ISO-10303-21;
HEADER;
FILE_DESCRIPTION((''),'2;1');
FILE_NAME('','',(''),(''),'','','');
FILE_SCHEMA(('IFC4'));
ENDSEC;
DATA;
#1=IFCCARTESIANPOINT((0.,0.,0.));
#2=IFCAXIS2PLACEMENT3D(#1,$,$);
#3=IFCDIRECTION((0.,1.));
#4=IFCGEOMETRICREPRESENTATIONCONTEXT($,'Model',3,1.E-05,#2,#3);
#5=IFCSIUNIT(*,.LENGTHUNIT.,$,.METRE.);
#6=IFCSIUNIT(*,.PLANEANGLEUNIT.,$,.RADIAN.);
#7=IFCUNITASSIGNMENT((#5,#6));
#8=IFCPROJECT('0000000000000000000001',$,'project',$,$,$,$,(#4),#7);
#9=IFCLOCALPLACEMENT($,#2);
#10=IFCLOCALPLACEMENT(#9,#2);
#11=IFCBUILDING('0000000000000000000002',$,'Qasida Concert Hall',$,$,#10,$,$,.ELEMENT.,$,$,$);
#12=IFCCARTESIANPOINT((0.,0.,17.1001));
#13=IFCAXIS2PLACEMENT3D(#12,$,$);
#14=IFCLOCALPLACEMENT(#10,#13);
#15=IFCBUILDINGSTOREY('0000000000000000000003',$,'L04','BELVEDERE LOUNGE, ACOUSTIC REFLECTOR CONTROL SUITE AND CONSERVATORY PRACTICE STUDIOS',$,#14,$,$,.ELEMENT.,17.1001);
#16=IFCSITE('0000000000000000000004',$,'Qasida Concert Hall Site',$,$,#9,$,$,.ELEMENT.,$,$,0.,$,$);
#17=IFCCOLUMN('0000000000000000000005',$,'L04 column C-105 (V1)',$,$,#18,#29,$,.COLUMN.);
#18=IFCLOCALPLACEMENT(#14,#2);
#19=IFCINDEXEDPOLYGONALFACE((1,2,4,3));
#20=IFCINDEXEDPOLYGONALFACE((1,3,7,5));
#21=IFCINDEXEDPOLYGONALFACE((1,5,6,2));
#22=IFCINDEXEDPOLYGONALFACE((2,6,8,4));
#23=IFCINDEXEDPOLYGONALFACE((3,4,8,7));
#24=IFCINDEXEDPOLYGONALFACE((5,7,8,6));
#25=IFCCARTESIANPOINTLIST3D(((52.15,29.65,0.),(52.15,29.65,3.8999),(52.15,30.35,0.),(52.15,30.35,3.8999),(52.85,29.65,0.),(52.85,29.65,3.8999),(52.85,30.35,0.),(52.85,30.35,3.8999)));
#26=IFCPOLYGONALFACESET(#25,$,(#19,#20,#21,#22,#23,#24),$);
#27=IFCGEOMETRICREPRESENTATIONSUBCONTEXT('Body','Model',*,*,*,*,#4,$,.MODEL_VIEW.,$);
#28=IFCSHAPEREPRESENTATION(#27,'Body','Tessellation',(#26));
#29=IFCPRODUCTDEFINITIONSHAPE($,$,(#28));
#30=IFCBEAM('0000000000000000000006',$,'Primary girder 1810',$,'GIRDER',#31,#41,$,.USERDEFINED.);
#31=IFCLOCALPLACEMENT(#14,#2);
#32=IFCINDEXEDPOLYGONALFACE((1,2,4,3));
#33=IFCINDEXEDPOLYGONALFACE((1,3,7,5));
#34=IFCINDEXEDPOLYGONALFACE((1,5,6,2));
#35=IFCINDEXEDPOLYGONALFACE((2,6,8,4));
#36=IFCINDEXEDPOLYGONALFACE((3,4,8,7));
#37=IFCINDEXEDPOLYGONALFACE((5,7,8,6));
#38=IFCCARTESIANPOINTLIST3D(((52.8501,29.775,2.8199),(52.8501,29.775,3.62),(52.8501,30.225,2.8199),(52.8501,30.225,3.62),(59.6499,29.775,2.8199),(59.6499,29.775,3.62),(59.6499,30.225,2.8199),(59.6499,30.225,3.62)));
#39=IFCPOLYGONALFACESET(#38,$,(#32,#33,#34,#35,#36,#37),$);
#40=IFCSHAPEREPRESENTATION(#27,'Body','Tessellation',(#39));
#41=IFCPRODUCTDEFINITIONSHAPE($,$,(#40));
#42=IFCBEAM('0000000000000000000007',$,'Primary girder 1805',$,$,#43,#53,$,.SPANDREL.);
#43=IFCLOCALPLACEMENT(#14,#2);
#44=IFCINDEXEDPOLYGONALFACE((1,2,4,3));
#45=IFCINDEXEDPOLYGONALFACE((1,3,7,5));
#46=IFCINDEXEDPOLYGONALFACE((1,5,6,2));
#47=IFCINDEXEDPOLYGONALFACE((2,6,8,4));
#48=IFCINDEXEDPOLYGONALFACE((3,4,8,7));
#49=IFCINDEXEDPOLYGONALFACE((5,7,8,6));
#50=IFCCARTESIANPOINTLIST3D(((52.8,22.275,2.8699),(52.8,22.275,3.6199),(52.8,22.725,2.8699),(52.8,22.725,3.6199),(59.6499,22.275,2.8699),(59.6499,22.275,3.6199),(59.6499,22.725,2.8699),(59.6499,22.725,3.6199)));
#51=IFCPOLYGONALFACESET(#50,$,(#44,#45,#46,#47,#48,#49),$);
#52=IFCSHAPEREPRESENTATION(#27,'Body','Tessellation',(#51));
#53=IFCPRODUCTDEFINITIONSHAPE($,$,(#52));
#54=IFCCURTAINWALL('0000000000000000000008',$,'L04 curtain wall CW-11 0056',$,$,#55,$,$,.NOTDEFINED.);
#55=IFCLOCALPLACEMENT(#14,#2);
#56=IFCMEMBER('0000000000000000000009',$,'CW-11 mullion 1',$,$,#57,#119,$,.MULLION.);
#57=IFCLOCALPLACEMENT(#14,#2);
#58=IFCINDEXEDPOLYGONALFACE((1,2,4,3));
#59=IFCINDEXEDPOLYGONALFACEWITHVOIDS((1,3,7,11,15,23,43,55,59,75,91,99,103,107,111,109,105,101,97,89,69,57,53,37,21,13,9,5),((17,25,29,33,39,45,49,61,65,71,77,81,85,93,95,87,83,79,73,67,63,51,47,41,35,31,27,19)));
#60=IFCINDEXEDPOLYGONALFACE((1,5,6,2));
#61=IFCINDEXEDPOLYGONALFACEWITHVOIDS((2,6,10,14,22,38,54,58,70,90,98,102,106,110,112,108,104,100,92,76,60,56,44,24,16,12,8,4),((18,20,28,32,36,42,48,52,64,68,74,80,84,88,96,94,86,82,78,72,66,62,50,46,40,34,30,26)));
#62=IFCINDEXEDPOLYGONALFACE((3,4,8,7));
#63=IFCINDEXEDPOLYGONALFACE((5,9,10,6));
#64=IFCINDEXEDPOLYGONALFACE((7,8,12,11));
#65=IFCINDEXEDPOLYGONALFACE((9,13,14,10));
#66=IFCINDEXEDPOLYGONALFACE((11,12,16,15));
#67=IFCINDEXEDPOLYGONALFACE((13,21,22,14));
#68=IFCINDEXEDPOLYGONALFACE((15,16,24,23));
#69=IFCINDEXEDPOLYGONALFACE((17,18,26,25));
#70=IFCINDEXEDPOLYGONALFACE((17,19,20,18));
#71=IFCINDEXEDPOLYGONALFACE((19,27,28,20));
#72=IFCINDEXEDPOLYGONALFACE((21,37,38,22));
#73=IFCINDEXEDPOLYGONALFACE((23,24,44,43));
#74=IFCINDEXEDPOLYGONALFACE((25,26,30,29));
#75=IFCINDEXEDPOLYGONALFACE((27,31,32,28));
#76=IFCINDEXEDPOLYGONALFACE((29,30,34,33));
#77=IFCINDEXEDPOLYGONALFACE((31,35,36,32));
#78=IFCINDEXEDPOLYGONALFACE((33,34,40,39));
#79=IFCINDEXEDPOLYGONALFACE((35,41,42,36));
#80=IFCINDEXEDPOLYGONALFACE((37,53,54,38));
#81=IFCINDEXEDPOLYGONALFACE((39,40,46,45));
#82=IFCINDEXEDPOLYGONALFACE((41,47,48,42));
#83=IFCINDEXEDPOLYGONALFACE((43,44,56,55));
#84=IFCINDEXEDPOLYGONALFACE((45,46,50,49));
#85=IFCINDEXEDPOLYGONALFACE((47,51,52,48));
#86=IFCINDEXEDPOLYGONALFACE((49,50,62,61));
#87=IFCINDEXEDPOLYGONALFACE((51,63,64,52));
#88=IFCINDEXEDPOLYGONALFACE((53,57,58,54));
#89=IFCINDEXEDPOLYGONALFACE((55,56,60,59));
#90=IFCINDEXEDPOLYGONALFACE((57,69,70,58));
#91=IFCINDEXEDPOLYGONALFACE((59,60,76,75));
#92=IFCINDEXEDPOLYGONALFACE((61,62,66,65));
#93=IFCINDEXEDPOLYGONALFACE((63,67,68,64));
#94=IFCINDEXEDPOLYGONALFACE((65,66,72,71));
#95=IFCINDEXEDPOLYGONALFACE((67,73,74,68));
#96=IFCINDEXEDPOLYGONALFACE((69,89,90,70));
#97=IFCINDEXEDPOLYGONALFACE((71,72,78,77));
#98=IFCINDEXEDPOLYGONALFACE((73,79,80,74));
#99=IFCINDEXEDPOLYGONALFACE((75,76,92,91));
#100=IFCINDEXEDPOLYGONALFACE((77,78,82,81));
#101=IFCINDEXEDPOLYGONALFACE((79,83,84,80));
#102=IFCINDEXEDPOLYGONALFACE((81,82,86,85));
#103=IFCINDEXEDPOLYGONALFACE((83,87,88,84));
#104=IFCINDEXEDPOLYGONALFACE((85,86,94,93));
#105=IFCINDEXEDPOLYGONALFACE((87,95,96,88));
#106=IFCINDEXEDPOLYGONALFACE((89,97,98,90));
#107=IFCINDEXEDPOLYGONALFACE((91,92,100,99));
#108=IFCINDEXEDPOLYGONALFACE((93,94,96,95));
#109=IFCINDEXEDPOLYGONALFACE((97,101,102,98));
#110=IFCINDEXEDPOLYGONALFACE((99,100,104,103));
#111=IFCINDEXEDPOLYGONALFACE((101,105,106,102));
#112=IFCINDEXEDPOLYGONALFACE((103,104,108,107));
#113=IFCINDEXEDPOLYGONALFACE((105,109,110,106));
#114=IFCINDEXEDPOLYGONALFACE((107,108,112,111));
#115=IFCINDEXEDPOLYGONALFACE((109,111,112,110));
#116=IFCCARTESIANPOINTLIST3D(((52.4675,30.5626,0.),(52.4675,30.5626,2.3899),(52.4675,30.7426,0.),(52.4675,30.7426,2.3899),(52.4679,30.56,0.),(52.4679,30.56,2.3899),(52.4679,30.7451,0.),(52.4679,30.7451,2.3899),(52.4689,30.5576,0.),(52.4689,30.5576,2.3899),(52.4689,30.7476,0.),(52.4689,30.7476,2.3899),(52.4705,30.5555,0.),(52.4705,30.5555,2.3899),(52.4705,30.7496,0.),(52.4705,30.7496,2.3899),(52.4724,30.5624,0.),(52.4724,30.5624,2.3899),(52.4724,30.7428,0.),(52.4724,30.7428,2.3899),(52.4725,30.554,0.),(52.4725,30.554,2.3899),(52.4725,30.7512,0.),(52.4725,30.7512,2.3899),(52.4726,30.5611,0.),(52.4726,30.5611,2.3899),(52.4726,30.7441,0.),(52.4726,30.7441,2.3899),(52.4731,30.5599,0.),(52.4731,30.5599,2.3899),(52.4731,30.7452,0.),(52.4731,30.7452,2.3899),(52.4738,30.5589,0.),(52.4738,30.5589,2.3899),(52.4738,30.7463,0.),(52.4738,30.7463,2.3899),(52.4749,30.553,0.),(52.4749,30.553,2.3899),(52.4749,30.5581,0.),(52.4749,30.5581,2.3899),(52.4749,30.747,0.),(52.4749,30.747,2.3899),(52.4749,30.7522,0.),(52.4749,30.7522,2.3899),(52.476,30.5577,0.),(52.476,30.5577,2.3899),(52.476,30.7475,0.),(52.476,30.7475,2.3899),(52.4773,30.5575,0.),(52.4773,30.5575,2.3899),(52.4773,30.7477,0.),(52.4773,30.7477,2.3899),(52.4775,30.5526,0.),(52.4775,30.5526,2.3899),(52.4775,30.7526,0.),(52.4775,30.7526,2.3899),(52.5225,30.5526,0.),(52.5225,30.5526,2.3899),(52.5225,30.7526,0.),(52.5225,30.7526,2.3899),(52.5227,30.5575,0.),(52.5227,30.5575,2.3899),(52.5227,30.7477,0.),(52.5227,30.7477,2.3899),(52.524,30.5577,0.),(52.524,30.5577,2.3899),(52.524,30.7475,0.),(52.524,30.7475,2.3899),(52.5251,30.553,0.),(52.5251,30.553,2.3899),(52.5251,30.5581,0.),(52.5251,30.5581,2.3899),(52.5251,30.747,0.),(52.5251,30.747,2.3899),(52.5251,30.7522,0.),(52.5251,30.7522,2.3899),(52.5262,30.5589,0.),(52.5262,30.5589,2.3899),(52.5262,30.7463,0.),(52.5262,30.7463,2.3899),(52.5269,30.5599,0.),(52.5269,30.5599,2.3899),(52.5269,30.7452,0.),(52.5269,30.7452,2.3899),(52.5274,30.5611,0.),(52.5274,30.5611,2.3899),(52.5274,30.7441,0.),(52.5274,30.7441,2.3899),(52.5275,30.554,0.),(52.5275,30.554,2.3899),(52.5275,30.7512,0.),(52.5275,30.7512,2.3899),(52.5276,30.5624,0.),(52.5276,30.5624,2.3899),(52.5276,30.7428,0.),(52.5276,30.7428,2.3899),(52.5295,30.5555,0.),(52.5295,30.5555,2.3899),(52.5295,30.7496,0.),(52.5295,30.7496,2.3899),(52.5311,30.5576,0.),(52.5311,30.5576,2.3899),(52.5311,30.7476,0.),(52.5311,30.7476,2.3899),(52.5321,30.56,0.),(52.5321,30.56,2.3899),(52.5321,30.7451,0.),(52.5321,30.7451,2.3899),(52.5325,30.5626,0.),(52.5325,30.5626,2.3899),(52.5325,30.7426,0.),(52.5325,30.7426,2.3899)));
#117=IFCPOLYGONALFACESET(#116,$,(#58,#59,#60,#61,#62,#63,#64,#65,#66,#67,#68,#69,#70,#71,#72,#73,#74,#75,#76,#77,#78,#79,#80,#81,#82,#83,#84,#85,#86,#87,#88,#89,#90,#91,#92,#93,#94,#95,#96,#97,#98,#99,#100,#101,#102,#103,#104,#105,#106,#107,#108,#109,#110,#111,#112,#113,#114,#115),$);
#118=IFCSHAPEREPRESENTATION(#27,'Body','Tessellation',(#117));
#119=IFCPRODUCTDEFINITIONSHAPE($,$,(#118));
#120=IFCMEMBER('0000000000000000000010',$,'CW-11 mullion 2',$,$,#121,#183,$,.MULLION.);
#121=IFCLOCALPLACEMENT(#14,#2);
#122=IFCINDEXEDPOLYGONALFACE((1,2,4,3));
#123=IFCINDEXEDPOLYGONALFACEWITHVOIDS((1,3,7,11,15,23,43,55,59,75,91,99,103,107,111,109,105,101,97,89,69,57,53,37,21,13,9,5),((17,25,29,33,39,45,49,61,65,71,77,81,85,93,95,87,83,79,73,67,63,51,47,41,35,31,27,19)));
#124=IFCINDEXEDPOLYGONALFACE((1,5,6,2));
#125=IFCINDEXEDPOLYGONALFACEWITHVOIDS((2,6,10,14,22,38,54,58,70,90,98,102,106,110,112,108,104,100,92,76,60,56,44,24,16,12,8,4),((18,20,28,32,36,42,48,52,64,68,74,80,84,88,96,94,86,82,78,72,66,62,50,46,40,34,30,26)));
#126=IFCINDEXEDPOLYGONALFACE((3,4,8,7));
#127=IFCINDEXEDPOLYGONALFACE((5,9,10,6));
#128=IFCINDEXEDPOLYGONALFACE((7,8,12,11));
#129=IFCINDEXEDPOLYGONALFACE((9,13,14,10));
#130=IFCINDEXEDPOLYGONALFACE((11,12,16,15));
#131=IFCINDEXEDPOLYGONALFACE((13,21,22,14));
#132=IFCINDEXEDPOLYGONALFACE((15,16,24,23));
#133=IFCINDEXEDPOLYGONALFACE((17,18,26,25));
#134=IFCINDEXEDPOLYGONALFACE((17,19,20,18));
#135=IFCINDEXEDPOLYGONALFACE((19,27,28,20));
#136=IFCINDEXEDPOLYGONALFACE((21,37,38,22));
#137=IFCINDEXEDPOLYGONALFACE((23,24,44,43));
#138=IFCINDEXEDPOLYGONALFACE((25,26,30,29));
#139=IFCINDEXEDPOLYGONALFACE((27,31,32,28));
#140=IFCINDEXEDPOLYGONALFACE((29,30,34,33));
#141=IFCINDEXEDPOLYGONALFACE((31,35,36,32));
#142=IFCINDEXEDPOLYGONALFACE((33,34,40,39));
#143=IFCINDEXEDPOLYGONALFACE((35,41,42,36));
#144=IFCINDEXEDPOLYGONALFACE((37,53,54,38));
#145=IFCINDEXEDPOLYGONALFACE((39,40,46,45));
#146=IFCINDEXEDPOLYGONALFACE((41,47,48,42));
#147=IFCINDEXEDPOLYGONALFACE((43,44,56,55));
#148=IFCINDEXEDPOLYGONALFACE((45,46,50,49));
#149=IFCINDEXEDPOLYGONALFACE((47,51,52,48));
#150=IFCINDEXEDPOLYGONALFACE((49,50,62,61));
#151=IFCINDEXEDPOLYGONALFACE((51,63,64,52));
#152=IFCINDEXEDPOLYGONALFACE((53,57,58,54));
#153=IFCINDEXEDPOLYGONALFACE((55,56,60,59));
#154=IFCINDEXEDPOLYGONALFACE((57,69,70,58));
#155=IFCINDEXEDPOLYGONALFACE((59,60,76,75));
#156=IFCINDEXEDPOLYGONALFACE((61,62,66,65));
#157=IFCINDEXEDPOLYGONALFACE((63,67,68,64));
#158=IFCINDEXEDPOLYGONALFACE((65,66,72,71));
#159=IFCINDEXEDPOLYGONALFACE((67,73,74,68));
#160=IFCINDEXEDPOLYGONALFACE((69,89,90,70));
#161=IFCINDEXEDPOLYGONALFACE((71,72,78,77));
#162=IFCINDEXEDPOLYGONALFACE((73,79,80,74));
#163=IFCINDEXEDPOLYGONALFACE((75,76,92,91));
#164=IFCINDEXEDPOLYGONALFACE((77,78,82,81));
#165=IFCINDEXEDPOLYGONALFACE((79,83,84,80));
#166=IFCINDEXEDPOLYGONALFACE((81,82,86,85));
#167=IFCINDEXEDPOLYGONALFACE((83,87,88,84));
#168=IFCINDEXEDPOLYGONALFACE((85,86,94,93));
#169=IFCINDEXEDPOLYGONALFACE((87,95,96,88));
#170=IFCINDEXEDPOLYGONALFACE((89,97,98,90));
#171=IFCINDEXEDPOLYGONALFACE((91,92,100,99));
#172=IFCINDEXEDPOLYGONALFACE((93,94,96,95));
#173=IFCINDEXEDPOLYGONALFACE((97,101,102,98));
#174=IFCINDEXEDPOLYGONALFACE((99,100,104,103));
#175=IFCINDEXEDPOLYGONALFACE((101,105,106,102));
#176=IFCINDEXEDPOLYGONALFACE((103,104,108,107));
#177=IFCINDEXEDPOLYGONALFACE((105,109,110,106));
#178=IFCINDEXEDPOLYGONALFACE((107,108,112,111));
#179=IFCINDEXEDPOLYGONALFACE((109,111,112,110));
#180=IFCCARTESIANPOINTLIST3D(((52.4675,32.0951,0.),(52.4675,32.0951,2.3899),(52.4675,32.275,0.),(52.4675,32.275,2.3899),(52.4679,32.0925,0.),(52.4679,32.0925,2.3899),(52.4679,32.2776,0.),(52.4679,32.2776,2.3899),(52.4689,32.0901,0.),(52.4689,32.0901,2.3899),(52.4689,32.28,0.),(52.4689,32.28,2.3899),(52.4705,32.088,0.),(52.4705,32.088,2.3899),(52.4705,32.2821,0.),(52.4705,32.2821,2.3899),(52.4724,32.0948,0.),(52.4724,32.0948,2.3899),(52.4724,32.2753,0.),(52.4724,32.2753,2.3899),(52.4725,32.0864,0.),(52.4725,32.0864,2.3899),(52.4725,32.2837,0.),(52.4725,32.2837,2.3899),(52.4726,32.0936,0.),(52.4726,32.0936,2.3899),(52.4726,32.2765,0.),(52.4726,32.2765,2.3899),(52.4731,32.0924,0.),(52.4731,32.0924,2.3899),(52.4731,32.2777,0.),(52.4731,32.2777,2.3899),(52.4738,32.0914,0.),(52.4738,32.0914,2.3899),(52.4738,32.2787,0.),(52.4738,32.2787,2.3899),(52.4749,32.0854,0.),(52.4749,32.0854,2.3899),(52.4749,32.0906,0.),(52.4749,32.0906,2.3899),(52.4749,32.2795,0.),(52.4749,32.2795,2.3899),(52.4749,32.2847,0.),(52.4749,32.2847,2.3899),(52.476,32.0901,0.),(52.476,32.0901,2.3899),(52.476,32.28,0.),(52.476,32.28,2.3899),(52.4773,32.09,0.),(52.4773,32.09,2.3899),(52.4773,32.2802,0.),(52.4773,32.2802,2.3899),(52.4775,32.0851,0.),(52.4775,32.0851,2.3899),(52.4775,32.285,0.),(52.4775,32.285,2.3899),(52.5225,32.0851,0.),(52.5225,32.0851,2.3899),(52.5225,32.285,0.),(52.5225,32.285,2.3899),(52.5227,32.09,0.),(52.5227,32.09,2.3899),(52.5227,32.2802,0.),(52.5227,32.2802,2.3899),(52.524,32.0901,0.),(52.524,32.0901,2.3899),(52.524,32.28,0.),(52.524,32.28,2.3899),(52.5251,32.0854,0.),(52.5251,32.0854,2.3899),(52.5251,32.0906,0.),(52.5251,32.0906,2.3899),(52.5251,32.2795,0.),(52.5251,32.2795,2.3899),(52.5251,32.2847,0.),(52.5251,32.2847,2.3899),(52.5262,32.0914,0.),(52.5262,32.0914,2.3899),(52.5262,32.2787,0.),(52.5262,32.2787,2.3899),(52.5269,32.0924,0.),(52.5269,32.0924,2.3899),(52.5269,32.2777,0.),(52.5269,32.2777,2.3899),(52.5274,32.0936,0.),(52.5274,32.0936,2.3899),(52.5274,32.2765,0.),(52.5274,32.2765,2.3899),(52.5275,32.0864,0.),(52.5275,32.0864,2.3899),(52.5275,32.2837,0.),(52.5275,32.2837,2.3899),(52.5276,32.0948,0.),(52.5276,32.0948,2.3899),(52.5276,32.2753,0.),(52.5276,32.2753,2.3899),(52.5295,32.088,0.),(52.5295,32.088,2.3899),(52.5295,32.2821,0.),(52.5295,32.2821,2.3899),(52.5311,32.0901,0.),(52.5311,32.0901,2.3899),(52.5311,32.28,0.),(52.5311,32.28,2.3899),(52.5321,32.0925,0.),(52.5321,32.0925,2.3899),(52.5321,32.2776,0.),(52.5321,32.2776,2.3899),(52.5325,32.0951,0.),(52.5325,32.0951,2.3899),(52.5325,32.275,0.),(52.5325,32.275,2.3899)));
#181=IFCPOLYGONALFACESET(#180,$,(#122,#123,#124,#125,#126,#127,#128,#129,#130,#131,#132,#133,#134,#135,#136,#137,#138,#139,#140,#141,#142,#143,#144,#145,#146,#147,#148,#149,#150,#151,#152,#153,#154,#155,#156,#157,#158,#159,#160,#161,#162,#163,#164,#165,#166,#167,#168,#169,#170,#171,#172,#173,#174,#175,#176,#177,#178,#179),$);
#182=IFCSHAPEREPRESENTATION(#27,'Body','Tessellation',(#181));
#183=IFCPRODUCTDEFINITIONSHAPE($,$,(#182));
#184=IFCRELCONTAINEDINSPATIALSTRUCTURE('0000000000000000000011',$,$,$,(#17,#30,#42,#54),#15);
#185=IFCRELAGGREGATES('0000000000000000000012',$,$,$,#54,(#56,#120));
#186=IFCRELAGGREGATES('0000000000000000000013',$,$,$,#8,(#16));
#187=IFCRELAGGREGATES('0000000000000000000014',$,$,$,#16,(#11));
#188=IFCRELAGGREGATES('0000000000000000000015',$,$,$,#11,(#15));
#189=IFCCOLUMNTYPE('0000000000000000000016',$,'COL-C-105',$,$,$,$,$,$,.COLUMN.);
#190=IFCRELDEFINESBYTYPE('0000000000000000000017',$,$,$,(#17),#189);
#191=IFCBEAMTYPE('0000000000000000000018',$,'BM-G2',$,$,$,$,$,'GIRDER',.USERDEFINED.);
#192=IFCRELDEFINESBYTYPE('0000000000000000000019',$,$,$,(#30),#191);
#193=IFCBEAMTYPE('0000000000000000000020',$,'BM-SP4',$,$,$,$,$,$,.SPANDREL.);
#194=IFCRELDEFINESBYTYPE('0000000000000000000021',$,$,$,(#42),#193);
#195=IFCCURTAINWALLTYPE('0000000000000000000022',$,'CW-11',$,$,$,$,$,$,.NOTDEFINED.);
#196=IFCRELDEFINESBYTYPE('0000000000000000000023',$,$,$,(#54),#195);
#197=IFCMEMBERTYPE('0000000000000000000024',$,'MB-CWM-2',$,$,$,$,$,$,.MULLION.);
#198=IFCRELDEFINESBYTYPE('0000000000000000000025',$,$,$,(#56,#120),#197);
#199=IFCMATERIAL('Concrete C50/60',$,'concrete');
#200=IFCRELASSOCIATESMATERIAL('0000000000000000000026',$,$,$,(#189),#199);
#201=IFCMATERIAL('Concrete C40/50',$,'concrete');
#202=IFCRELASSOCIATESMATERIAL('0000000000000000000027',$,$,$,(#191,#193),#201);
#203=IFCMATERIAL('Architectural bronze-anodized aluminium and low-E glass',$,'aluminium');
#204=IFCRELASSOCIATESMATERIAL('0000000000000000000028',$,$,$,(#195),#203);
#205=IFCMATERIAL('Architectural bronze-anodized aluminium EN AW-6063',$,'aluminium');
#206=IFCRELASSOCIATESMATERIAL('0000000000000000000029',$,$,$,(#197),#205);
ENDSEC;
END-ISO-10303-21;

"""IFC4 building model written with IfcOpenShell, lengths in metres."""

from ifc_helpers import new_model, si_unit, direction, frame, origin, origin_2d, place, context, subcontext, project, spatial, rectangle, hollow_rectangle, extrude, material, material_profile, profile_set, type_object, element, aggregate, save


model = new_model("IFC4")

# Units and contexts
model_context = context("Model", 3, precision=1e-05, world=origin(), true_north=direction((0.0, 1.0)))
body_context = subcontext(model_context, "Body", "Model", "MODEL_VIEW")
ifc_project = project(units=[si_unit("LENGTHUNIT", "METRE"), si_unit("PLANEANGLEUNIT", "RADIAN")], contexts=[model_context])

# Site, building, storey
site_placement = place(None, origin())
site = spatial("IfcSite", under=ifc_project, at=site_placement, Name="Qasida Concert Hall Site", CompositionType="ELEMENT", RefElevation=0.0)
building_placement = place(site_placement, origin())
building = spatial("IfcBuilding", under=site, at=building_placement, Name="Qasida Concert Hall", CompositionType="ELEMENT")
storey_placement = place(building_placement, frame((0.0, 0.0, 17.1001)))
storey = spatial("IfcBuildingStorey", under=building, at=storey_placement, Name="L04", Description="BELVEDERE LOUNGE, ACOUSTIC REFLECTOR CONTROL SUITE AND CONSERVATORY PRACTICE STUDIOS", CompositionType="ELEMENT", Elevation=17.1001)

# Column
ifc_material_1 = material(Name="Concrete C50/60", Category="concrete")
ifc_material_profile_1 = material_profile(ifc_material_1, rectangle(XDim=0.7, YDim=0.7, at=origin_2d()), Name="RC 700x700")
ifc_profile_set_1 = profile_set([ifc_material_profile_1], Name="Concrete C50/60")
column_type = type_object("IfcColumnType", Name="COL-C-105", PredefinedType="COLUMN", material=ifc_profile_set_1)
column_placement = place(storey_placement, frame((52.5, 30.0, 0.0), z_axis=(0.0, 0.0, 1.0), x_axis=(1.0, 0.0, 0.0)))
element("IfcColumn", 1, at=column_placement, inside=storey, type_object=column_type, Name="L04 column C-105 (V1)", PredefinedType="COLUMN", context=body_context, shape_type="SweptSolid", body=[
    extrude(rectangle(XDim=0.7, YDim=0.7, at=origin_2d()), origin(), (0.0, 0.0, 1.0), 3.8999),
])

# Beams
ifc_material_2 = material(Name="Concrete C40/50", Category="concrete")
ifc_material_profile_2 = material_profile(ifc_material_2, rectangle(XDim=0.45, YDim=0.8, at=origin_2d()), Name="RC 450x800")
ifc_profile_set_2 = profile_set([ifc_material_profile_2], Name="Concrete C40/50")
beam_type_1 = type_object("IfcBeamType", Name="BM-G2", ElementType="GIRDER", PredefinedType="USERDEFINED", material=ifc_profile_set_2)
beam_1_placement = place(storey_placement, frame((52.8501, 30.0, 3.22), z_axis=(1.0, 0.0, 0.0), x_axis=(0.0, 1.0, 0.0)))
element("IfcBeam", 2, at=beam_1_placement, inside=storey, type_object=beam_type_1, Name="Primary girder 1810", ObjectType="GIRDER", PredefinedType="USERDEFINED", context=body_context, shape_type="SweptSolid", body=[
    extrude(rectangle(XDim=0.45, YDim=0.8, at=origin_2d()), origin(), (0.0, 0.0, 1.0), 6.7998),
])
ifc_material_profile_3 = material_profile(ifc_material_2, rectangle(XDim=0.45, YDim=0.75, at=origin_2d()), Name="RC 450x750")
ifc_profile_set_3 = profile_set([ifc_material_profile_3], Name="Concrete C40/50")
beam_type_2 = type_object("IfcBeamType", Name="BM-SP4", PredefinedType="SPANDREL", material=ifc_profile_set_3)
beam_2_placement = place(storey_placement, frame((52.8, 22.5, 3.2449), z_axis=(1.0, 0.0, 0.0), x_axis=(0.0, 1.0, 0.0)))
element("IfcBeam", 3, at=beam_2_placement, inside=storey, type_object=beam_type_2, Name="Primary girder 1805", PredefinedType="SPANDREL", context=body_context, shape_type="SweptSolid", body=[
    extrude(rectangle(XDim=0.45, YDim=0.75, at=origin_2d()), origin(), (0.0, 0.0, 1.0), 6.8499),
])

# Curtain wall, members
ifc_material_3 = material(Name="Architectural bronze-anodized aluminium and low-E glass", Category="aluminium")
curtain_wall_type = type_object("IfcCurtainWallType", Name="CW-11", PredefinedType="NOTDEFINED", material=ifc_material_3)
curtain_wall_placement = place(storey_placement, origin())
curtain_wall = element("IfcCurtainWall", 4, at=curtain_wall_placement, inside=storey, type_object=curtain_wall_type, Name="L04 curtain wall CW-11 0056", PredefinedType="NOTDEFINED")
ifc_material_4 = material(Name="Architectural bronze-anodized aluminium EN AW-6063", Category="aluminium")
ifc_material_profile_4 = material_profile(ifc_material_4, hollow_rectangle(XDim=0.0649, YDim=0.2, WallThickness=0.0049, InnerFilletRadius=0.0049, OuterFilletRadius=0.01, at=origin_2d()), Name="CWM 200x65x5")
ifc_profile_set_4 = profile_set([ifc_material_profile_4], Name="Architectural bronze-anodized aluminium EN AW-6063")
member_type_1 = type_object("IfcMemberType", Name="MB-CWM-2", PredefinedType="MULLION", material=ifc_profile_set_4)
member_1_placement = place(storey_placement, frame((52.5, 30.6526, 0.0), z_axis=(0.0, 0.0, 1.0), x_axis=(-1.0, 0.0, 0.0)))
member_1 = element("IfcMember", 5, at=member_1_placement, type_object=member_type_1, Name="CW-11 mullion 1", PredefinedType="MULLION", context=body_context, shape_type="SweptSolid", body=[
    extrude(hollow_rectangle(XDim=0.0649, YDim=0.2, WallThickness=0.0049, InnerFilletRadius=0.0049, OuterFilletRadius=0.01, at=origin_2d()), origin(), (0.0, 0.0, 1.0), 2.3899),
])
member_2_placement = place(storey_placement, frame((52.5, 32.1851, 0.0), z_axis=(0.0, 0.0, 1.0), x_axis=(-1.0, 0.0, 0.0)))
member_2 = element("IfcMember", 6, at=member_2_placement, type_object=member_type_1, Name="CW-11 mullion 2", PredefinedType="MULLION", context=body_context, shape_type="SweptSolid", body=[
    extrude(hollow_rectangle(XDim=0.0649, YDim=0.2, WallThickness=0.0049, InnerFilletRadius=0.0049, OuterFilletRadius=0.01, at=origin_2d()), origin(), (0.0, 0.0, 1.0), 2.3899),
])
aggregate(curtain_wall, [member_1, member_2])

save(model, "model.ifc")
